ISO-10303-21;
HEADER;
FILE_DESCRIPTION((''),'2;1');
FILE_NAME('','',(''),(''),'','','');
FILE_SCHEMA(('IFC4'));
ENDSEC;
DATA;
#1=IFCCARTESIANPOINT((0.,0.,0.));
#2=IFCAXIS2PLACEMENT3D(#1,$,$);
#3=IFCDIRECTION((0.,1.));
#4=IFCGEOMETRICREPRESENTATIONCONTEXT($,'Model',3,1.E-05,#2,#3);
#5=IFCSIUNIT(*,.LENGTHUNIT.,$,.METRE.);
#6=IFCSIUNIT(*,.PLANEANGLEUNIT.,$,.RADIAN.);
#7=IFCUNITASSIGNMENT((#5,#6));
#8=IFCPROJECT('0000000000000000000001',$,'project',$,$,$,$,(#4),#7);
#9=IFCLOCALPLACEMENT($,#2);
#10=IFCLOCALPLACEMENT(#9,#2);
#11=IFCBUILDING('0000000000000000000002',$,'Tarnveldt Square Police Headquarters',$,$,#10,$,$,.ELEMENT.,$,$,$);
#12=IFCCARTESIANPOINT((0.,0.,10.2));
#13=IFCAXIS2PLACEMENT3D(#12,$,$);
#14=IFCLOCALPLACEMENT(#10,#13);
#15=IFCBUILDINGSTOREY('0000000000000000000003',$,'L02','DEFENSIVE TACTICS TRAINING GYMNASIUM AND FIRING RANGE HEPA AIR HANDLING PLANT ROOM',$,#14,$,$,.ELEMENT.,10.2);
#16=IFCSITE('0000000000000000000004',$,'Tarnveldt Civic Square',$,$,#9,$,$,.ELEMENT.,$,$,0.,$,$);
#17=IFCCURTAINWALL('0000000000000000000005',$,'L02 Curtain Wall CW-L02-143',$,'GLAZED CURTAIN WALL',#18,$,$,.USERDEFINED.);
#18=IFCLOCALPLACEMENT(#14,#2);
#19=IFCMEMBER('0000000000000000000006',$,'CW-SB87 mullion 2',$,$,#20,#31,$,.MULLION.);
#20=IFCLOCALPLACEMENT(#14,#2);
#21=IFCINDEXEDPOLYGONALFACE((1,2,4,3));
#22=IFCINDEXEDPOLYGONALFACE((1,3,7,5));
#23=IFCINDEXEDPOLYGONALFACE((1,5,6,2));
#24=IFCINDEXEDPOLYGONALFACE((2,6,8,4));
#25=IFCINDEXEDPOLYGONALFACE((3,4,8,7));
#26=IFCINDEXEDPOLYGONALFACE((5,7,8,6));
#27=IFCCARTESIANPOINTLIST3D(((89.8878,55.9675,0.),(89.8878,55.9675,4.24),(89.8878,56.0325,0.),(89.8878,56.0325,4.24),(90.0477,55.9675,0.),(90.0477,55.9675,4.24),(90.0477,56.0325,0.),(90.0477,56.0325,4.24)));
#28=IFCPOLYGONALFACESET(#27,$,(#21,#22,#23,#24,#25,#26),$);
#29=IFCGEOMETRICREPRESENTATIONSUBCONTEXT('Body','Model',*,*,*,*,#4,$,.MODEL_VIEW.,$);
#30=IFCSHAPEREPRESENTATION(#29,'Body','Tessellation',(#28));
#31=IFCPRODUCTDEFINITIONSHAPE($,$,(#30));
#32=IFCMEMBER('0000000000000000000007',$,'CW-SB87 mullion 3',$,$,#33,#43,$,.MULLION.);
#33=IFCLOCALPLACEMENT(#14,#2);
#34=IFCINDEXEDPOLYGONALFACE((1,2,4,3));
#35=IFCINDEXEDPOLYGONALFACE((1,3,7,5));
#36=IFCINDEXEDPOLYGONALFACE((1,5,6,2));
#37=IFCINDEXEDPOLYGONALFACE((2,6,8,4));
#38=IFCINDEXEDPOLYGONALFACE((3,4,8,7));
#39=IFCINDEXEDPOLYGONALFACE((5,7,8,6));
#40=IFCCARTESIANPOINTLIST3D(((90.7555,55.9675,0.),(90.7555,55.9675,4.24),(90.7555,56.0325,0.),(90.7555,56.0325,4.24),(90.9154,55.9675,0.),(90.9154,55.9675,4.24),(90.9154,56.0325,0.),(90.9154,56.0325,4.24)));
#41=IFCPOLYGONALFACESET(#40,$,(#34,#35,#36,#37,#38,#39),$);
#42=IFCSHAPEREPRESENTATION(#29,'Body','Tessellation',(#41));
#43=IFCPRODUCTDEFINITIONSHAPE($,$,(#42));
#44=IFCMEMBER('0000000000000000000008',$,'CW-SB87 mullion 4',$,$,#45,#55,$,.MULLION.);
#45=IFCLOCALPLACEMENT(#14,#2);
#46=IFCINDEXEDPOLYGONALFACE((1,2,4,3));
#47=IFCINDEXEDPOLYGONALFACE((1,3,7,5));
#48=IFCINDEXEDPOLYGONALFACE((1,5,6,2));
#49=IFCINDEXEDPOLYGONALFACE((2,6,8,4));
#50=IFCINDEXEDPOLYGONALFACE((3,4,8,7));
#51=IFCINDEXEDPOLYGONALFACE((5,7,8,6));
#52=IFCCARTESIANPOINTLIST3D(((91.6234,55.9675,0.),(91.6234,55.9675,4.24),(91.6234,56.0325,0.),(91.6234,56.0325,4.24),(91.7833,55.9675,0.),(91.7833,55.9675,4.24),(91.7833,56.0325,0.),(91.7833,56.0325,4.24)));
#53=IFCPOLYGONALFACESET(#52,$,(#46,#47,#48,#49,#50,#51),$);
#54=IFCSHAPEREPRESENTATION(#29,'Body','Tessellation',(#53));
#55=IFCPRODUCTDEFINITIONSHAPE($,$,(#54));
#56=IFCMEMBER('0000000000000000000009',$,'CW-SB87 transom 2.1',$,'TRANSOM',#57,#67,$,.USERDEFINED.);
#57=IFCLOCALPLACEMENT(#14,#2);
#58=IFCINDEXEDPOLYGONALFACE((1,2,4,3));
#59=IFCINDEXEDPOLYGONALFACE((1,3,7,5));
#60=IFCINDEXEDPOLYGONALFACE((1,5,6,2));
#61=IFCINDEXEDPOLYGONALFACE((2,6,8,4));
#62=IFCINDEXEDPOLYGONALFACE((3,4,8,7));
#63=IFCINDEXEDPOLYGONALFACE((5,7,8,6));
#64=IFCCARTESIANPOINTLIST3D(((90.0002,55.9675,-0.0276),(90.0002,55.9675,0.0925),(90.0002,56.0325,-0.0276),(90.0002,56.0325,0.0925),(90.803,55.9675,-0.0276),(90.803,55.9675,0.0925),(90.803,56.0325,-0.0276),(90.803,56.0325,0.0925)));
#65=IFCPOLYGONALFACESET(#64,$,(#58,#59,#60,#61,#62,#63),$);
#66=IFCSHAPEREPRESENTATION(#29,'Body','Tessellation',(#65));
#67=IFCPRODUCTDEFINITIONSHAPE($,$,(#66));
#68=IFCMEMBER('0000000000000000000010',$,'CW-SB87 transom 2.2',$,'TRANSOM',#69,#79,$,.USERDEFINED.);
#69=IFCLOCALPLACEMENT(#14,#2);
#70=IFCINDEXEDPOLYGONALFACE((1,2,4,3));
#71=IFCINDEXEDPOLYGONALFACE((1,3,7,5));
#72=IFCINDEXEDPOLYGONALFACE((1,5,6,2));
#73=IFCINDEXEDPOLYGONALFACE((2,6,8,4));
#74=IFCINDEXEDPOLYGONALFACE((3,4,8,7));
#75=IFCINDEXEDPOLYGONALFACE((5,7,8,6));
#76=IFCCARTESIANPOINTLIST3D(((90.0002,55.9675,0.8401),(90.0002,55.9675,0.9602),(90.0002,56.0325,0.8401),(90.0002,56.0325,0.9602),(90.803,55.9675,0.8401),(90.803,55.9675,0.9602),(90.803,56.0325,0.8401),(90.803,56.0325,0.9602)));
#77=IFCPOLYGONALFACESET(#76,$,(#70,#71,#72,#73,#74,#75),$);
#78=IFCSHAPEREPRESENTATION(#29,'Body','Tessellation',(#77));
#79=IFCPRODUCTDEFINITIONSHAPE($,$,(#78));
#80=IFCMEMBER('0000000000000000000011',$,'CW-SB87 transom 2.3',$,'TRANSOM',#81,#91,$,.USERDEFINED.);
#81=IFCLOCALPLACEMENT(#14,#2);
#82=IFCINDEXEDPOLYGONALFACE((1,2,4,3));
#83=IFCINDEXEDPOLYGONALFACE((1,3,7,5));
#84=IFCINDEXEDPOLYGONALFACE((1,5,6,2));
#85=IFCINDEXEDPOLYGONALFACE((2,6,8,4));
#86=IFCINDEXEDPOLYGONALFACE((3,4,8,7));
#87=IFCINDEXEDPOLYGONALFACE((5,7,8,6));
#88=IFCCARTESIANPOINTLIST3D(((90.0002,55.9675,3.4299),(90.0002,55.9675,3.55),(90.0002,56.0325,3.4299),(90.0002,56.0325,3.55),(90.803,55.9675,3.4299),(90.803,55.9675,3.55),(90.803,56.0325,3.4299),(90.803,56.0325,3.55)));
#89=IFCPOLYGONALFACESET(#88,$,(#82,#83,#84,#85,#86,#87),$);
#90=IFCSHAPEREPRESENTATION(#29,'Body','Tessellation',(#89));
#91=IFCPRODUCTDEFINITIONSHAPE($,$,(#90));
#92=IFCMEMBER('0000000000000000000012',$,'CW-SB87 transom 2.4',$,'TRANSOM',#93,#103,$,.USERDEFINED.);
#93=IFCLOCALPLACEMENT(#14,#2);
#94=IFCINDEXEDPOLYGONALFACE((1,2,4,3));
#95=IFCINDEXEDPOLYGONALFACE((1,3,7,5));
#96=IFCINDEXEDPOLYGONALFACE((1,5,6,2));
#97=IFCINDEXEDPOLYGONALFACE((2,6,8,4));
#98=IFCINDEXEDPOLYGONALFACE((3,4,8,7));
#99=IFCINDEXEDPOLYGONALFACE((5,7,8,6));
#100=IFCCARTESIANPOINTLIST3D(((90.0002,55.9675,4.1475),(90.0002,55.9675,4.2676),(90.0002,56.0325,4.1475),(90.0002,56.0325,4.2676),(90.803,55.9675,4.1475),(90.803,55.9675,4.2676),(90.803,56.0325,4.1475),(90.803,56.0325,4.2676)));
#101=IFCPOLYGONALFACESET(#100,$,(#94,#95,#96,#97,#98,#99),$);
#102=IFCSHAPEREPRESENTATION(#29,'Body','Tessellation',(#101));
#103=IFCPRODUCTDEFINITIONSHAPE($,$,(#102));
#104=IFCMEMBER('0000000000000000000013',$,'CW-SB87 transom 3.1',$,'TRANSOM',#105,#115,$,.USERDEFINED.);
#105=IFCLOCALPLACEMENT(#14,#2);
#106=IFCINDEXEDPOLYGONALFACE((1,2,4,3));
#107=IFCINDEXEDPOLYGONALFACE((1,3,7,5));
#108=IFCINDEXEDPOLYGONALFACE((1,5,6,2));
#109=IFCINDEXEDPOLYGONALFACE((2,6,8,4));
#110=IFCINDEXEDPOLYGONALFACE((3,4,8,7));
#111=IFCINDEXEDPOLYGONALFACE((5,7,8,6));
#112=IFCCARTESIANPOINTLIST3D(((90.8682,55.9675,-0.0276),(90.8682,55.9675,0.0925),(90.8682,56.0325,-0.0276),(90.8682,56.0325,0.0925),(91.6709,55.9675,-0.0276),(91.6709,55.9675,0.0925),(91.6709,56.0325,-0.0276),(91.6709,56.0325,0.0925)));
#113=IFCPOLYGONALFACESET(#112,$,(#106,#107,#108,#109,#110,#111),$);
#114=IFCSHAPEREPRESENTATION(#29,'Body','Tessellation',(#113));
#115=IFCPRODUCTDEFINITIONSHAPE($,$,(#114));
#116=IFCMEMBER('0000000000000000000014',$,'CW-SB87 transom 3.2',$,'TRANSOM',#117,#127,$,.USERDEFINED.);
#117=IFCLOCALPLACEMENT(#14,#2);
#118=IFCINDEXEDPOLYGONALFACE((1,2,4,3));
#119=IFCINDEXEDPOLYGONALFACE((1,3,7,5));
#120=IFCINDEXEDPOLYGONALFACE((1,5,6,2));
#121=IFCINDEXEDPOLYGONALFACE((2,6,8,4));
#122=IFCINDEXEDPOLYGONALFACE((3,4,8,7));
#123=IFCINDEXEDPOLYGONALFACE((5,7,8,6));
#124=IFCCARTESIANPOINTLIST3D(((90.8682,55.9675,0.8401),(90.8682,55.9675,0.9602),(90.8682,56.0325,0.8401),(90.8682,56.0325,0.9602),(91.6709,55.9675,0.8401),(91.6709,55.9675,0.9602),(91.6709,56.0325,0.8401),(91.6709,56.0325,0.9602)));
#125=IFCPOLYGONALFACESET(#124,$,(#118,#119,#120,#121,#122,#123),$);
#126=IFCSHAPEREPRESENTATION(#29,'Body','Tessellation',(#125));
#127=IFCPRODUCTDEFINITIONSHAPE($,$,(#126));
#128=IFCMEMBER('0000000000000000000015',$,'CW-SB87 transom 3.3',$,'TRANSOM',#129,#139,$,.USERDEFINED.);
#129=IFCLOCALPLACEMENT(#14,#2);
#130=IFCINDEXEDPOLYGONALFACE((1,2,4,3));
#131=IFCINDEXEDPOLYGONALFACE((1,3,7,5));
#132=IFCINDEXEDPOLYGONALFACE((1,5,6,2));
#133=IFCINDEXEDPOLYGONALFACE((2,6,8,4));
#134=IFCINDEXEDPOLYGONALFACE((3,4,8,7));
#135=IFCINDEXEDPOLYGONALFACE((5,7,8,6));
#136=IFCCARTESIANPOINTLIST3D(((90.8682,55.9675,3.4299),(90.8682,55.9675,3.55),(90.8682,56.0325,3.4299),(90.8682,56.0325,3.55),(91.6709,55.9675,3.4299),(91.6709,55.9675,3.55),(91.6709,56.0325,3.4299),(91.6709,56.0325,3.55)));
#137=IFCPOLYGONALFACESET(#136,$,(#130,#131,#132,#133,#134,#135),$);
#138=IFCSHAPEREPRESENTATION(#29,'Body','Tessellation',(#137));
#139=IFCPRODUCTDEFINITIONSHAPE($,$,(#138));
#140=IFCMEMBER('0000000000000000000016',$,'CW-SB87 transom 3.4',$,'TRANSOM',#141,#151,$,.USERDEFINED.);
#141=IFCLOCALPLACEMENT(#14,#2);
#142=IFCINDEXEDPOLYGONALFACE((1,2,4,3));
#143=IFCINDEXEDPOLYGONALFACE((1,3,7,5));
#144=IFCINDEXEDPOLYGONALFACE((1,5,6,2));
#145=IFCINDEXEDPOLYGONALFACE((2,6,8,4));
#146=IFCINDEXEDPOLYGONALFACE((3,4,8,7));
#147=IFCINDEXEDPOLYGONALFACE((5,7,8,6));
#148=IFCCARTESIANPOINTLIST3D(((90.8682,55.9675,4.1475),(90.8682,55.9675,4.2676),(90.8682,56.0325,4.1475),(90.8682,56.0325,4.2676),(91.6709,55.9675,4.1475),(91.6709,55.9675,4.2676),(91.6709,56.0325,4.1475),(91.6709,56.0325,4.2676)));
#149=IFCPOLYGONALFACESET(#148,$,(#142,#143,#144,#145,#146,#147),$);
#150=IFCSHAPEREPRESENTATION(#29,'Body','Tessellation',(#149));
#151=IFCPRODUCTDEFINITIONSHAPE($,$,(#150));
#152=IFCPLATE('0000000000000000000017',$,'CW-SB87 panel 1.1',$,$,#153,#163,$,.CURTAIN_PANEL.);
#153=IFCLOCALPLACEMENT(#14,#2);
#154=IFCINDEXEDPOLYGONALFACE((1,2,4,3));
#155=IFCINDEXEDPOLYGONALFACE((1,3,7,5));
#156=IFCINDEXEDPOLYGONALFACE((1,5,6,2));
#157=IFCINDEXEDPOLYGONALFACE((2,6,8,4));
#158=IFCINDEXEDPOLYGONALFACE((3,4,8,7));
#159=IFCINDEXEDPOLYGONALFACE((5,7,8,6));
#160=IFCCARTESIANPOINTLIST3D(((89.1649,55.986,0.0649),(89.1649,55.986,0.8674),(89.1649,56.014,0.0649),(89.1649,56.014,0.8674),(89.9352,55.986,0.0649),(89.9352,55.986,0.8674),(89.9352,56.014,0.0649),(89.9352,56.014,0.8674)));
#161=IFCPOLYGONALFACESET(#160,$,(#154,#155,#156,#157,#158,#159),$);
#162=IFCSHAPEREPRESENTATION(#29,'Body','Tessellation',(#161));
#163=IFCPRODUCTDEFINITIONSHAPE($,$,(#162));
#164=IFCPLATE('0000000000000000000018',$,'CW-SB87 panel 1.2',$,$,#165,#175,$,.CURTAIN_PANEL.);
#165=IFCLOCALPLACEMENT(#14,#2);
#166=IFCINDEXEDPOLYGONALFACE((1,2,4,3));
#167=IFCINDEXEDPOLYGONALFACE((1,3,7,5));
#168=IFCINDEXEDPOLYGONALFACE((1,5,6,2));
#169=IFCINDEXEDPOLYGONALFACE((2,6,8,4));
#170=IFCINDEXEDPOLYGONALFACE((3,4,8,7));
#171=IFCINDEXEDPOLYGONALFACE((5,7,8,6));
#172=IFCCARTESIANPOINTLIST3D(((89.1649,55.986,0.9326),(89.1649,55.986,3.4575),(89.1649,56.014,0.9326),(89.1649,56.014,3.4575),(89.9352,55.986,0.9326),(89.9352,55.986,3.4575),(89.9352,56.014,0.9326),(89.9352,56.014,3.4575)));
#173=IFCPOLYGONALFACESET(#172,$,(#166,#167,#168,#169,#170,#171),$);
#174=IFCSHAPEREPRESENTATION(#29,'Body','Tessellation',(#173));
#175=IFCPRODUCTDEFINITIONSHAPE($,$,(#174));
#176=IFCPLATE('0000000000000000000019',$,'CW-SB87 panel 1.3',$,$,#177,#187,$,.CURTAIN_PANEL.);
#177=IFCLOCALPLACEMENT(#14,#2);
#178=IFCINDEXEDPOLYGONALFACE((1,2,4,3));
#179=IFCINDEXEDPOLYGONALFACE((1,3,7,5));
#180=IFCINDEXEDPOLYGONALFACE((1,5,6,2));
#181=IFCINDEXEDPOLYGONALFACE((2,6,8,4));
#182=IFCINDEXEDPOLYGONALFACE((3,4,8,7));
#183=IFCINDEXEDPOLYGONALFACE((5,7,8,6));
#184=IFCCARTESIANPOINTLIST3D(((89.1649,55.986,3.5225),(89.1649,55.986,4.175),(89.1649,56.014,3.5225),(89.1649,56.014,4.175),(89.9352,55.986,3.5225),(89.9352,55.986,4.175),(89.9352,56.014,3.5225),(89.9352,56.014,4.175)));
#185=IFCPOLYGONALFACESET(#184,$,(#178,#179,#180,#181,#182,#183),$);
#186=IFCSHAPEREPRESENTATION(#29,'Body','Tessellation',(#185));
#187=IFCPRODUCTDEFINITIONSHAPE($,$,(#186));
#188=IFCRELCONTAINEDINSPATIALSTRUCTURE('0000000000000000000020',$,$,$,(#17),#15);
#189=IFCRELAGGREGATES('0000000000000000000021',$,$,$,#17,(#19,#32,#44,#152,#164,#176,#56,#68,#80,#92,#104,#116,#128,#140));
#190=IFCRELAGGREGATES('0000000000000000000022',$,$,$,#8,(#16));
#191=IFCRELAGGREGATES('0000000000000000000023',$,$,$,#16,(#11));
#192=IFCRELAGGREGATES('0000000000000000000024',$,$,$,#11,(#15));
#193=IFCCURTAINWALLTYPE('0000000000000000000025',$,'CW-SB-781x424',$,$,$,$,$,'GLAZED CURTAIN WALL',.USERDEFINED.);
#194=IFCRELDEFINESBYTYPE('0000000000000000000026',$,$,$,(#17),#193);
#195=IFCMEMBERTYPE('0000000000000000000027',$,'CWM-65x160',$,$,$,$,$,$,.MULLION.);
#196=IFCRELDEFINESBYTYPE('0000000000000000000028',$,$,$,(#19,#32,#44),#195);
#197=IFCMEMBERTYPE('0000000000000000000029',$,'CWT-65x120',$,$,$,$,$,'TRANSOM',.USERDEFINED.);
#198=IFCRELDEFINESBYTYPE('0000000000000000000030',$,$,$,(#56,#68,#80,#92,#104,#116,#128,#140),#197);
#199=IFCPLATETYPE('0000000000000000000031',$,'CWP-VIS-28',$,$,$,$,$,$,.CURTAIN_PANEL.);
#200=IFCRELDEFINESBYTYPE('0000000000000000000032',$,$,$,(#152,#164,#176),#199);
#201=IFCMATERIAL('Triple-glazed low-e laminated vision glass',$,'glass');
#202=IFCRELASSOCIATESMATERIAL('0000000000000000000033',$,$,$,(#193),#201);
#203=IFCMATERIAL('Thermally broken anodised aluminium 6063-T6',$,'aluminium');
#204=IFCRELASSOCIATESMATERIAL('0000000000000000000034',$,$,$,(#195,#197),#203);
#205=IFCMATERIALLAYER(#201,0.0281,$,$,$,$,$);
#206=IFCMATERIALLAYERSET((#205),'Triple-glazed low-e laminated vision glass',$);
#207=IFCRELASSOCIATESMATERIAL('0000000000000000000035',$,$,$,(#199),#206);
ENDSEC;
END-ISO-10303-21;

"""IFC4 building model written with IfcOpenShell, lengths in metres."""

from ifc_helpers import new_model, si_unit, direction, frame, origin, origin_2d, place, context, subcontext, project, spatial, rectangle, extrude, material, layer, layer_set, material_profile, profile_set, type_object, element, aggregate, save


model = new_model("IFC4")

# Units and contexts
model_context = context("Model", 3, precision=1e-05, world=origin(), true_north=direction((0.0, 1.0)))
body_context = subcontext(model_context, "Body", "Model", "MODEL_VIEW")
ifc_project = project(units=[si_unit("LENGTHUNIT", "METRE"), si_unit("PLANEANGLEUNIT", "RADIAN")], contexts=[model_context])

# Site, building, storey
site_placement = place(None, origin())
site = spatial("IfcSite", under=ifc_project, at=site_placement, Name="Tarnveldt Civic Square", CompositionType="ELEMENT", RefElevation=0.0)
building_placement = place(site_placement, origin())
building = spatial("IfcBuilding", under=site, at=building_placement, Name="Tarnveldt Square Police Headquarters", CompositionType="ELEMENT")
storey_placement = place(building_placement, frame((0.0, 0.0, 10.2)))
storey = spatial("IfcBuildingStorey", under=building, at=storey_placement, Name="L02", Description="DEFENSIVE TACTICS TRAINING GYMNASIUM AND FIRING RANGE HEPA AIR HANDLING PLANT ROOM", CompositionType="ELEMENT", Elevation=10.2)

# Curtain wall, members, plates
ifc_material_1 = material(Name="Triple-glazed low-e laminated vision glass", Category="glass")
curtain_wall_type = type_object("IfcCurtainWallType", Name="CW-SB-781x424", ElementType="GLAZED CURTAIN WALL", PredefinedType="USERDEFINED", material=ifc_material_1)
curtain_wall_placement = place(storey_placement, origin())
curtain_wall = element("IfcCurtainWall", 1, at=curtain_wall_placement, inside=storey, type_object=curtain_wall_type, Name="L02 Curtain Wall CW-L02-143", ObjectType="GLAZED CURTAIN WALL", PredefinedType="USERDEFINED")
ifc_material_2 = material(Name="Thermally broken anodised aluminium 6063-T6", Category="aluminium")
ifc_material_profile_1 = material_profile(ifc_material_2, rectangle(XDim=0.0649, YDim=0.1599, at=origin_2d()), Name="CW-M65x160")
ifc_profile_set_1 = profile_set([ifc_material_profile_1], Name="Thermally broken anodised aluminium 6063-T6")
member_type_1 = type_object("IfcMemberType", Name="CWM-65x160", PredefinedType="MULLION", material=ifc_profile_set_1)
member_1_placement = place(storey_placement, frame((89.9678, 56.0, 0.0), z_axis=(0.0, 0.0, 1.0), x_axis=(0.0, 1.0, 0.0)))
member_1 = element("IfcMember", 2, at=member_1_placement, type_object=member_type_1, Name="CW-SB87 mullion 2", PredefinedType="MULLION", context=body_context, shape_type="SweptSolid", body=[
    extrude(rectangle(XDim=0.0649, YDim=0.1599, at=origin_2d()), origin(), (0.0, 0.0, 1.0), 4.24),
])
member_2_placement = place(storey_placement, frame((90.8354, 56.0, 0.0), z_axis=(0.0, 0.0, 1.0), x_axis=(0.0, 1.0, 0.0)))
member_2 = element("IfcMember", 3, at=member_2_placement, type_object=member_type_1, Name="CW-SB87 mullion 3", PredefinedType="MULLION", context=body_context, shape_type="SweptSolid", body=[
    extrude(rectangle(XDim=0.0649, YDim=0.1599, at=origin_2d()), origin(), (0.0, 0.0, 1.0), 4.24),
])
member_3_placement = place(storey_placement, frame((91.7034, 56.0, 0.0), z_axis=(0.0, 0.0, 1.0), x_axis=(0.0, 1.0, 0.0)))
member_3 = element("IfcMember", 4, at=member_3_placement, type_object=member_type_1, Name="CW-SB87 mullion 4", PredefinedType="MULLION", context=body_context, shape_type="SweptSolid", body=[
    extrude(rectangle(XDim=0.0649, YDim=0.1599, at=origin_2d()), origin(), (0.0, 0.0, 1.0), 4.24),
])
ifc_material_profile_2 = material_profile(ifc_material_2, rectangle(XDim=0.0649, YDim=0.1201, at=origin_2d()), Name="CW-T65x120")
ifc_profile_set_2 = profile_set([ifc_material_profile_2], Name="Thermally broken anodised aluminium 6063-T6")
member_type_2 = type_object("IfcMemberType", Name="CWT-65x120", ElementType="TRANSOM", PredefinedType="USERDEFINED", material=ifc_profile_set_2)
member_4_placement = place(storey_placement, frame((90.0002, 56.0, 0.0325), z_axis=(1.0, 0.0, 0.0), x_axis=(0.0, 1.0, 0.0)))
member_4 = element("IfcMember", 5, at=member_4_placement, type_object=member_type_2, Name="CW-SB87 transom 2.1", ObjectType="TRANSOM", PredefinedType="USERDEFINED", context=body_context, shape_type="SweptSolid", body=[
    extrude(rectangle(XDim=0.0649, YDim=0.1201, at=origin_2d()), origin(), (0.0, 0.0, 1.0), 0.8027),
])
member_5_placement = place(storey_placement, frame((90.0002, 56.0, 0.9001), z_axis=(1.0, 0.0, 0.0), x_axis=(0.0, 1.0, 0.0)))
member_5 = element("IfcMember", 6, at=member_5_placement, type_object=member_type_2, Name="CW-SB87 transom 2.2", ObjectType="TRANSOM", PredefinedType="USERDEFINED", context=body_context, shape_type="SweptSolid", body=[
    extrude(rectangle(XDim=0.0649, YDim=0.1201, at=origin_2d()), origin(), (0.0, 0.0, 1.0), 0.8027),
])
member_6_placement = place(storey_placement, frame((90.0002, 56.0, 3.49), z_axis=(1.0, 0.0, 0.0), x_axis=(0.0, 1.0, 0.0)))
member_6 = element("IfcMember", 7, at=member_6_placement, type_object=member_type_2, Name="CW-SB87 transom 2.3", ObjectType="TRANSOM", PredefinedType="USERDEFINED", context=body_context, shape_type="SweptSolid", body=[
    extrude(rectangle(XDim=0.0649, YDim=0.1201, at=origin_2d()), origin(), (0.0, 0.0, 1.0), 0.8027),
])
member_7_placement = place(storey_placement, frame((90.0002, 56.0, 4.2075), z_axis=(1.0, 0.0, 0.0), x_axis=(0.0, 1.0, 0.0)))
member_7 = element("IfcMember", 8, at=member_7_placement, type_object=member_type_2, Name="CW-SB87 transom 2.4", ObjectType="TRANSOM", PredefinedType="USERDEFINED", context=body_context, shape_type="SweptSolid", body=[
    extrude(rectangle(XDim=0.0649, YDim=0.1201, at=origin_2d()), origin(), (0.0, 0.0, 1.0), 0.8027),
])
member_8_placement = place(storey_placement, frame((90.8682, 56.0, 0.0325), z_axis=(1.0, 0.0, 0.0), x_axis=(0.0, 1.0, 0.0)))
member_8 = element("IfcMember", 9, at=member_8_placement, type_object=member_type_2, Name="CW-SB87 transom 3.1", ObjectType="TRANSOM", PredefinedType="USERDEFINED", context=body_context, shape_type="SweptSolid", body=[
    extrude(rectangle(XDim=0.0649, YDim=0.1201, at=origin_2d()), origin(), (0.0, 0.0, 1.0), 0.8027),
])
member_9_placement = place(storey_placement, frame((90.8682, 56.0, 0.9001), z_axis=(1.0, 0.0, 0.0), x_axis=(0.0, 1.0, 0.0)))
member_9 = element("IfcMember", 10, at=member_9_placement, type_object=member_type_2, Name="CW-SB87 transom 3.2", ObjectType="TRANSOM", PredefinedType="USERDEFINED", context=body_context, shape_type="SweptSolid", body=[
    extrude(rectangle(XDim=0.0649, YDim=0.1201, at=origin_2d()), origin(), (0.0, 0.0, 1.0), 0.8027),
])
member_10_placement = place(storey_placement, frame((90.8682, 56.0, 3.49), z_axis=(1.0, 0.0, 0.0), x_axis=(0.0, 1.0, 0.0)))
member_10 = element("IfcMember", 11, at=member_10_placement, type_object=member_type_2, Name="CW-SB87 transom 3.3", ObjectType="TRANSOM", PredefinedType="USERDEFINED", context=body_context, shape_type="SweptSolid", body=[
    extrude(rectangle(XDim=0.0649, YDim=0.1201, at=origin_2d()), origin(), (0.0, 0.0, 1.0), 0.8027),
])
member_11_placement = place(storey_placement, frame((90.8682, 56.0, 4.2075), z_axis=(1.0, 0.0, 0.0), x_axis=(0.0, 1.0, 0.0)))
member_11 = element("IfcMember", 12, at=member_11_placement, type_object=member_type_2, Name="CW-SB87 transom 3.4", ObjectType="TRANSOM", PredefinedType="USERDEFINED", context=body_context, shape_type="SweptSolid", body=[
    extrude(rectangle(XDim=0.0649, YDim=0.1201, at=origin_2d()), origin(), (0.0, 0.0, 1.0), 0.8027),
])
ifc_layer = layer(ifc_material_1, 0.0281)
ifc_layer_set = layer_set([ifc_layer], Name="Triple-glazed low-e laminated vision glass")
plate_type = type_object("IfcPlateType", Name="CWP-VIS-28", PredefinedType="CURTAIN_PANEL", material=ifc_layer_set)
plate_1_placement = place(storey_placement, frame((89.55, 56.0, 0.0649), z_axis=(0.0, 0.0, 1.0), x_axis=(1.0, 0.0, 0.0)))
plate_1 = element("IfcPlate", 13, at=plate_1_placement, type_object=plate_type, Name="CW-SB87 panel 1.1", PredefinedType="CURTAIN_PANEL", context=body_context, shape_type="SweptSolid", body=[
    extrude(rectangle(XDim=0.7703, YDim=0.0281, at=origin_2d()), origin(), (0.0, 0.0, 1.0), 0.8025),
])
plate_2_placement = place(storey_placement, frame((89.55, 56.0, 0.9326), z_axis=(0.0, 0.0, 1.0), x_axis=(1.0, 0.0, 0.0)))
plate_2 = element("IfcPlate", 14, at=plate_2_placement, type_object=plate_type, Name="CW-SB87 panel 1.2", PredefinedType="CURTAIN_PANEL", context=body_context, shape_type="SweptSolid", body=[
    extrude(rectangle(XDim=0.7703, YDim=0.0281, at=origin_2d()), origin(), (0.0, 0.0, 1.0), 2.5249),
])
plate_3_placement = place(storey_placement, frame((89.55, 56.0, 3.5225), z_axis=(0.0, 0.0, 1.0), x_axis=(1.0, 0.0, 0.0)))
plate_3 = element("IfcPlate", 15, at=plate_3_placement, type_object=plate_type, Name="CW-SB87 panel 1.3", PredefinedType="CURTAIN_PANEL", context=body_context, shape_type="SweptSolid", body=[
    extrude(rectangle(XDim=0.7703, YDim=0.0281, at=origin_2d()), origin(), (0.0, 0.0, 1.0), 0.6526),
])
aggregate(curtain_wall, [member_1, member_2, member_3, plate_1, plate_2, plate_3, member_4, member_5, member_6, member_7, member_8, member_9, member_10, member_11])

save(model, "model.ifc")
